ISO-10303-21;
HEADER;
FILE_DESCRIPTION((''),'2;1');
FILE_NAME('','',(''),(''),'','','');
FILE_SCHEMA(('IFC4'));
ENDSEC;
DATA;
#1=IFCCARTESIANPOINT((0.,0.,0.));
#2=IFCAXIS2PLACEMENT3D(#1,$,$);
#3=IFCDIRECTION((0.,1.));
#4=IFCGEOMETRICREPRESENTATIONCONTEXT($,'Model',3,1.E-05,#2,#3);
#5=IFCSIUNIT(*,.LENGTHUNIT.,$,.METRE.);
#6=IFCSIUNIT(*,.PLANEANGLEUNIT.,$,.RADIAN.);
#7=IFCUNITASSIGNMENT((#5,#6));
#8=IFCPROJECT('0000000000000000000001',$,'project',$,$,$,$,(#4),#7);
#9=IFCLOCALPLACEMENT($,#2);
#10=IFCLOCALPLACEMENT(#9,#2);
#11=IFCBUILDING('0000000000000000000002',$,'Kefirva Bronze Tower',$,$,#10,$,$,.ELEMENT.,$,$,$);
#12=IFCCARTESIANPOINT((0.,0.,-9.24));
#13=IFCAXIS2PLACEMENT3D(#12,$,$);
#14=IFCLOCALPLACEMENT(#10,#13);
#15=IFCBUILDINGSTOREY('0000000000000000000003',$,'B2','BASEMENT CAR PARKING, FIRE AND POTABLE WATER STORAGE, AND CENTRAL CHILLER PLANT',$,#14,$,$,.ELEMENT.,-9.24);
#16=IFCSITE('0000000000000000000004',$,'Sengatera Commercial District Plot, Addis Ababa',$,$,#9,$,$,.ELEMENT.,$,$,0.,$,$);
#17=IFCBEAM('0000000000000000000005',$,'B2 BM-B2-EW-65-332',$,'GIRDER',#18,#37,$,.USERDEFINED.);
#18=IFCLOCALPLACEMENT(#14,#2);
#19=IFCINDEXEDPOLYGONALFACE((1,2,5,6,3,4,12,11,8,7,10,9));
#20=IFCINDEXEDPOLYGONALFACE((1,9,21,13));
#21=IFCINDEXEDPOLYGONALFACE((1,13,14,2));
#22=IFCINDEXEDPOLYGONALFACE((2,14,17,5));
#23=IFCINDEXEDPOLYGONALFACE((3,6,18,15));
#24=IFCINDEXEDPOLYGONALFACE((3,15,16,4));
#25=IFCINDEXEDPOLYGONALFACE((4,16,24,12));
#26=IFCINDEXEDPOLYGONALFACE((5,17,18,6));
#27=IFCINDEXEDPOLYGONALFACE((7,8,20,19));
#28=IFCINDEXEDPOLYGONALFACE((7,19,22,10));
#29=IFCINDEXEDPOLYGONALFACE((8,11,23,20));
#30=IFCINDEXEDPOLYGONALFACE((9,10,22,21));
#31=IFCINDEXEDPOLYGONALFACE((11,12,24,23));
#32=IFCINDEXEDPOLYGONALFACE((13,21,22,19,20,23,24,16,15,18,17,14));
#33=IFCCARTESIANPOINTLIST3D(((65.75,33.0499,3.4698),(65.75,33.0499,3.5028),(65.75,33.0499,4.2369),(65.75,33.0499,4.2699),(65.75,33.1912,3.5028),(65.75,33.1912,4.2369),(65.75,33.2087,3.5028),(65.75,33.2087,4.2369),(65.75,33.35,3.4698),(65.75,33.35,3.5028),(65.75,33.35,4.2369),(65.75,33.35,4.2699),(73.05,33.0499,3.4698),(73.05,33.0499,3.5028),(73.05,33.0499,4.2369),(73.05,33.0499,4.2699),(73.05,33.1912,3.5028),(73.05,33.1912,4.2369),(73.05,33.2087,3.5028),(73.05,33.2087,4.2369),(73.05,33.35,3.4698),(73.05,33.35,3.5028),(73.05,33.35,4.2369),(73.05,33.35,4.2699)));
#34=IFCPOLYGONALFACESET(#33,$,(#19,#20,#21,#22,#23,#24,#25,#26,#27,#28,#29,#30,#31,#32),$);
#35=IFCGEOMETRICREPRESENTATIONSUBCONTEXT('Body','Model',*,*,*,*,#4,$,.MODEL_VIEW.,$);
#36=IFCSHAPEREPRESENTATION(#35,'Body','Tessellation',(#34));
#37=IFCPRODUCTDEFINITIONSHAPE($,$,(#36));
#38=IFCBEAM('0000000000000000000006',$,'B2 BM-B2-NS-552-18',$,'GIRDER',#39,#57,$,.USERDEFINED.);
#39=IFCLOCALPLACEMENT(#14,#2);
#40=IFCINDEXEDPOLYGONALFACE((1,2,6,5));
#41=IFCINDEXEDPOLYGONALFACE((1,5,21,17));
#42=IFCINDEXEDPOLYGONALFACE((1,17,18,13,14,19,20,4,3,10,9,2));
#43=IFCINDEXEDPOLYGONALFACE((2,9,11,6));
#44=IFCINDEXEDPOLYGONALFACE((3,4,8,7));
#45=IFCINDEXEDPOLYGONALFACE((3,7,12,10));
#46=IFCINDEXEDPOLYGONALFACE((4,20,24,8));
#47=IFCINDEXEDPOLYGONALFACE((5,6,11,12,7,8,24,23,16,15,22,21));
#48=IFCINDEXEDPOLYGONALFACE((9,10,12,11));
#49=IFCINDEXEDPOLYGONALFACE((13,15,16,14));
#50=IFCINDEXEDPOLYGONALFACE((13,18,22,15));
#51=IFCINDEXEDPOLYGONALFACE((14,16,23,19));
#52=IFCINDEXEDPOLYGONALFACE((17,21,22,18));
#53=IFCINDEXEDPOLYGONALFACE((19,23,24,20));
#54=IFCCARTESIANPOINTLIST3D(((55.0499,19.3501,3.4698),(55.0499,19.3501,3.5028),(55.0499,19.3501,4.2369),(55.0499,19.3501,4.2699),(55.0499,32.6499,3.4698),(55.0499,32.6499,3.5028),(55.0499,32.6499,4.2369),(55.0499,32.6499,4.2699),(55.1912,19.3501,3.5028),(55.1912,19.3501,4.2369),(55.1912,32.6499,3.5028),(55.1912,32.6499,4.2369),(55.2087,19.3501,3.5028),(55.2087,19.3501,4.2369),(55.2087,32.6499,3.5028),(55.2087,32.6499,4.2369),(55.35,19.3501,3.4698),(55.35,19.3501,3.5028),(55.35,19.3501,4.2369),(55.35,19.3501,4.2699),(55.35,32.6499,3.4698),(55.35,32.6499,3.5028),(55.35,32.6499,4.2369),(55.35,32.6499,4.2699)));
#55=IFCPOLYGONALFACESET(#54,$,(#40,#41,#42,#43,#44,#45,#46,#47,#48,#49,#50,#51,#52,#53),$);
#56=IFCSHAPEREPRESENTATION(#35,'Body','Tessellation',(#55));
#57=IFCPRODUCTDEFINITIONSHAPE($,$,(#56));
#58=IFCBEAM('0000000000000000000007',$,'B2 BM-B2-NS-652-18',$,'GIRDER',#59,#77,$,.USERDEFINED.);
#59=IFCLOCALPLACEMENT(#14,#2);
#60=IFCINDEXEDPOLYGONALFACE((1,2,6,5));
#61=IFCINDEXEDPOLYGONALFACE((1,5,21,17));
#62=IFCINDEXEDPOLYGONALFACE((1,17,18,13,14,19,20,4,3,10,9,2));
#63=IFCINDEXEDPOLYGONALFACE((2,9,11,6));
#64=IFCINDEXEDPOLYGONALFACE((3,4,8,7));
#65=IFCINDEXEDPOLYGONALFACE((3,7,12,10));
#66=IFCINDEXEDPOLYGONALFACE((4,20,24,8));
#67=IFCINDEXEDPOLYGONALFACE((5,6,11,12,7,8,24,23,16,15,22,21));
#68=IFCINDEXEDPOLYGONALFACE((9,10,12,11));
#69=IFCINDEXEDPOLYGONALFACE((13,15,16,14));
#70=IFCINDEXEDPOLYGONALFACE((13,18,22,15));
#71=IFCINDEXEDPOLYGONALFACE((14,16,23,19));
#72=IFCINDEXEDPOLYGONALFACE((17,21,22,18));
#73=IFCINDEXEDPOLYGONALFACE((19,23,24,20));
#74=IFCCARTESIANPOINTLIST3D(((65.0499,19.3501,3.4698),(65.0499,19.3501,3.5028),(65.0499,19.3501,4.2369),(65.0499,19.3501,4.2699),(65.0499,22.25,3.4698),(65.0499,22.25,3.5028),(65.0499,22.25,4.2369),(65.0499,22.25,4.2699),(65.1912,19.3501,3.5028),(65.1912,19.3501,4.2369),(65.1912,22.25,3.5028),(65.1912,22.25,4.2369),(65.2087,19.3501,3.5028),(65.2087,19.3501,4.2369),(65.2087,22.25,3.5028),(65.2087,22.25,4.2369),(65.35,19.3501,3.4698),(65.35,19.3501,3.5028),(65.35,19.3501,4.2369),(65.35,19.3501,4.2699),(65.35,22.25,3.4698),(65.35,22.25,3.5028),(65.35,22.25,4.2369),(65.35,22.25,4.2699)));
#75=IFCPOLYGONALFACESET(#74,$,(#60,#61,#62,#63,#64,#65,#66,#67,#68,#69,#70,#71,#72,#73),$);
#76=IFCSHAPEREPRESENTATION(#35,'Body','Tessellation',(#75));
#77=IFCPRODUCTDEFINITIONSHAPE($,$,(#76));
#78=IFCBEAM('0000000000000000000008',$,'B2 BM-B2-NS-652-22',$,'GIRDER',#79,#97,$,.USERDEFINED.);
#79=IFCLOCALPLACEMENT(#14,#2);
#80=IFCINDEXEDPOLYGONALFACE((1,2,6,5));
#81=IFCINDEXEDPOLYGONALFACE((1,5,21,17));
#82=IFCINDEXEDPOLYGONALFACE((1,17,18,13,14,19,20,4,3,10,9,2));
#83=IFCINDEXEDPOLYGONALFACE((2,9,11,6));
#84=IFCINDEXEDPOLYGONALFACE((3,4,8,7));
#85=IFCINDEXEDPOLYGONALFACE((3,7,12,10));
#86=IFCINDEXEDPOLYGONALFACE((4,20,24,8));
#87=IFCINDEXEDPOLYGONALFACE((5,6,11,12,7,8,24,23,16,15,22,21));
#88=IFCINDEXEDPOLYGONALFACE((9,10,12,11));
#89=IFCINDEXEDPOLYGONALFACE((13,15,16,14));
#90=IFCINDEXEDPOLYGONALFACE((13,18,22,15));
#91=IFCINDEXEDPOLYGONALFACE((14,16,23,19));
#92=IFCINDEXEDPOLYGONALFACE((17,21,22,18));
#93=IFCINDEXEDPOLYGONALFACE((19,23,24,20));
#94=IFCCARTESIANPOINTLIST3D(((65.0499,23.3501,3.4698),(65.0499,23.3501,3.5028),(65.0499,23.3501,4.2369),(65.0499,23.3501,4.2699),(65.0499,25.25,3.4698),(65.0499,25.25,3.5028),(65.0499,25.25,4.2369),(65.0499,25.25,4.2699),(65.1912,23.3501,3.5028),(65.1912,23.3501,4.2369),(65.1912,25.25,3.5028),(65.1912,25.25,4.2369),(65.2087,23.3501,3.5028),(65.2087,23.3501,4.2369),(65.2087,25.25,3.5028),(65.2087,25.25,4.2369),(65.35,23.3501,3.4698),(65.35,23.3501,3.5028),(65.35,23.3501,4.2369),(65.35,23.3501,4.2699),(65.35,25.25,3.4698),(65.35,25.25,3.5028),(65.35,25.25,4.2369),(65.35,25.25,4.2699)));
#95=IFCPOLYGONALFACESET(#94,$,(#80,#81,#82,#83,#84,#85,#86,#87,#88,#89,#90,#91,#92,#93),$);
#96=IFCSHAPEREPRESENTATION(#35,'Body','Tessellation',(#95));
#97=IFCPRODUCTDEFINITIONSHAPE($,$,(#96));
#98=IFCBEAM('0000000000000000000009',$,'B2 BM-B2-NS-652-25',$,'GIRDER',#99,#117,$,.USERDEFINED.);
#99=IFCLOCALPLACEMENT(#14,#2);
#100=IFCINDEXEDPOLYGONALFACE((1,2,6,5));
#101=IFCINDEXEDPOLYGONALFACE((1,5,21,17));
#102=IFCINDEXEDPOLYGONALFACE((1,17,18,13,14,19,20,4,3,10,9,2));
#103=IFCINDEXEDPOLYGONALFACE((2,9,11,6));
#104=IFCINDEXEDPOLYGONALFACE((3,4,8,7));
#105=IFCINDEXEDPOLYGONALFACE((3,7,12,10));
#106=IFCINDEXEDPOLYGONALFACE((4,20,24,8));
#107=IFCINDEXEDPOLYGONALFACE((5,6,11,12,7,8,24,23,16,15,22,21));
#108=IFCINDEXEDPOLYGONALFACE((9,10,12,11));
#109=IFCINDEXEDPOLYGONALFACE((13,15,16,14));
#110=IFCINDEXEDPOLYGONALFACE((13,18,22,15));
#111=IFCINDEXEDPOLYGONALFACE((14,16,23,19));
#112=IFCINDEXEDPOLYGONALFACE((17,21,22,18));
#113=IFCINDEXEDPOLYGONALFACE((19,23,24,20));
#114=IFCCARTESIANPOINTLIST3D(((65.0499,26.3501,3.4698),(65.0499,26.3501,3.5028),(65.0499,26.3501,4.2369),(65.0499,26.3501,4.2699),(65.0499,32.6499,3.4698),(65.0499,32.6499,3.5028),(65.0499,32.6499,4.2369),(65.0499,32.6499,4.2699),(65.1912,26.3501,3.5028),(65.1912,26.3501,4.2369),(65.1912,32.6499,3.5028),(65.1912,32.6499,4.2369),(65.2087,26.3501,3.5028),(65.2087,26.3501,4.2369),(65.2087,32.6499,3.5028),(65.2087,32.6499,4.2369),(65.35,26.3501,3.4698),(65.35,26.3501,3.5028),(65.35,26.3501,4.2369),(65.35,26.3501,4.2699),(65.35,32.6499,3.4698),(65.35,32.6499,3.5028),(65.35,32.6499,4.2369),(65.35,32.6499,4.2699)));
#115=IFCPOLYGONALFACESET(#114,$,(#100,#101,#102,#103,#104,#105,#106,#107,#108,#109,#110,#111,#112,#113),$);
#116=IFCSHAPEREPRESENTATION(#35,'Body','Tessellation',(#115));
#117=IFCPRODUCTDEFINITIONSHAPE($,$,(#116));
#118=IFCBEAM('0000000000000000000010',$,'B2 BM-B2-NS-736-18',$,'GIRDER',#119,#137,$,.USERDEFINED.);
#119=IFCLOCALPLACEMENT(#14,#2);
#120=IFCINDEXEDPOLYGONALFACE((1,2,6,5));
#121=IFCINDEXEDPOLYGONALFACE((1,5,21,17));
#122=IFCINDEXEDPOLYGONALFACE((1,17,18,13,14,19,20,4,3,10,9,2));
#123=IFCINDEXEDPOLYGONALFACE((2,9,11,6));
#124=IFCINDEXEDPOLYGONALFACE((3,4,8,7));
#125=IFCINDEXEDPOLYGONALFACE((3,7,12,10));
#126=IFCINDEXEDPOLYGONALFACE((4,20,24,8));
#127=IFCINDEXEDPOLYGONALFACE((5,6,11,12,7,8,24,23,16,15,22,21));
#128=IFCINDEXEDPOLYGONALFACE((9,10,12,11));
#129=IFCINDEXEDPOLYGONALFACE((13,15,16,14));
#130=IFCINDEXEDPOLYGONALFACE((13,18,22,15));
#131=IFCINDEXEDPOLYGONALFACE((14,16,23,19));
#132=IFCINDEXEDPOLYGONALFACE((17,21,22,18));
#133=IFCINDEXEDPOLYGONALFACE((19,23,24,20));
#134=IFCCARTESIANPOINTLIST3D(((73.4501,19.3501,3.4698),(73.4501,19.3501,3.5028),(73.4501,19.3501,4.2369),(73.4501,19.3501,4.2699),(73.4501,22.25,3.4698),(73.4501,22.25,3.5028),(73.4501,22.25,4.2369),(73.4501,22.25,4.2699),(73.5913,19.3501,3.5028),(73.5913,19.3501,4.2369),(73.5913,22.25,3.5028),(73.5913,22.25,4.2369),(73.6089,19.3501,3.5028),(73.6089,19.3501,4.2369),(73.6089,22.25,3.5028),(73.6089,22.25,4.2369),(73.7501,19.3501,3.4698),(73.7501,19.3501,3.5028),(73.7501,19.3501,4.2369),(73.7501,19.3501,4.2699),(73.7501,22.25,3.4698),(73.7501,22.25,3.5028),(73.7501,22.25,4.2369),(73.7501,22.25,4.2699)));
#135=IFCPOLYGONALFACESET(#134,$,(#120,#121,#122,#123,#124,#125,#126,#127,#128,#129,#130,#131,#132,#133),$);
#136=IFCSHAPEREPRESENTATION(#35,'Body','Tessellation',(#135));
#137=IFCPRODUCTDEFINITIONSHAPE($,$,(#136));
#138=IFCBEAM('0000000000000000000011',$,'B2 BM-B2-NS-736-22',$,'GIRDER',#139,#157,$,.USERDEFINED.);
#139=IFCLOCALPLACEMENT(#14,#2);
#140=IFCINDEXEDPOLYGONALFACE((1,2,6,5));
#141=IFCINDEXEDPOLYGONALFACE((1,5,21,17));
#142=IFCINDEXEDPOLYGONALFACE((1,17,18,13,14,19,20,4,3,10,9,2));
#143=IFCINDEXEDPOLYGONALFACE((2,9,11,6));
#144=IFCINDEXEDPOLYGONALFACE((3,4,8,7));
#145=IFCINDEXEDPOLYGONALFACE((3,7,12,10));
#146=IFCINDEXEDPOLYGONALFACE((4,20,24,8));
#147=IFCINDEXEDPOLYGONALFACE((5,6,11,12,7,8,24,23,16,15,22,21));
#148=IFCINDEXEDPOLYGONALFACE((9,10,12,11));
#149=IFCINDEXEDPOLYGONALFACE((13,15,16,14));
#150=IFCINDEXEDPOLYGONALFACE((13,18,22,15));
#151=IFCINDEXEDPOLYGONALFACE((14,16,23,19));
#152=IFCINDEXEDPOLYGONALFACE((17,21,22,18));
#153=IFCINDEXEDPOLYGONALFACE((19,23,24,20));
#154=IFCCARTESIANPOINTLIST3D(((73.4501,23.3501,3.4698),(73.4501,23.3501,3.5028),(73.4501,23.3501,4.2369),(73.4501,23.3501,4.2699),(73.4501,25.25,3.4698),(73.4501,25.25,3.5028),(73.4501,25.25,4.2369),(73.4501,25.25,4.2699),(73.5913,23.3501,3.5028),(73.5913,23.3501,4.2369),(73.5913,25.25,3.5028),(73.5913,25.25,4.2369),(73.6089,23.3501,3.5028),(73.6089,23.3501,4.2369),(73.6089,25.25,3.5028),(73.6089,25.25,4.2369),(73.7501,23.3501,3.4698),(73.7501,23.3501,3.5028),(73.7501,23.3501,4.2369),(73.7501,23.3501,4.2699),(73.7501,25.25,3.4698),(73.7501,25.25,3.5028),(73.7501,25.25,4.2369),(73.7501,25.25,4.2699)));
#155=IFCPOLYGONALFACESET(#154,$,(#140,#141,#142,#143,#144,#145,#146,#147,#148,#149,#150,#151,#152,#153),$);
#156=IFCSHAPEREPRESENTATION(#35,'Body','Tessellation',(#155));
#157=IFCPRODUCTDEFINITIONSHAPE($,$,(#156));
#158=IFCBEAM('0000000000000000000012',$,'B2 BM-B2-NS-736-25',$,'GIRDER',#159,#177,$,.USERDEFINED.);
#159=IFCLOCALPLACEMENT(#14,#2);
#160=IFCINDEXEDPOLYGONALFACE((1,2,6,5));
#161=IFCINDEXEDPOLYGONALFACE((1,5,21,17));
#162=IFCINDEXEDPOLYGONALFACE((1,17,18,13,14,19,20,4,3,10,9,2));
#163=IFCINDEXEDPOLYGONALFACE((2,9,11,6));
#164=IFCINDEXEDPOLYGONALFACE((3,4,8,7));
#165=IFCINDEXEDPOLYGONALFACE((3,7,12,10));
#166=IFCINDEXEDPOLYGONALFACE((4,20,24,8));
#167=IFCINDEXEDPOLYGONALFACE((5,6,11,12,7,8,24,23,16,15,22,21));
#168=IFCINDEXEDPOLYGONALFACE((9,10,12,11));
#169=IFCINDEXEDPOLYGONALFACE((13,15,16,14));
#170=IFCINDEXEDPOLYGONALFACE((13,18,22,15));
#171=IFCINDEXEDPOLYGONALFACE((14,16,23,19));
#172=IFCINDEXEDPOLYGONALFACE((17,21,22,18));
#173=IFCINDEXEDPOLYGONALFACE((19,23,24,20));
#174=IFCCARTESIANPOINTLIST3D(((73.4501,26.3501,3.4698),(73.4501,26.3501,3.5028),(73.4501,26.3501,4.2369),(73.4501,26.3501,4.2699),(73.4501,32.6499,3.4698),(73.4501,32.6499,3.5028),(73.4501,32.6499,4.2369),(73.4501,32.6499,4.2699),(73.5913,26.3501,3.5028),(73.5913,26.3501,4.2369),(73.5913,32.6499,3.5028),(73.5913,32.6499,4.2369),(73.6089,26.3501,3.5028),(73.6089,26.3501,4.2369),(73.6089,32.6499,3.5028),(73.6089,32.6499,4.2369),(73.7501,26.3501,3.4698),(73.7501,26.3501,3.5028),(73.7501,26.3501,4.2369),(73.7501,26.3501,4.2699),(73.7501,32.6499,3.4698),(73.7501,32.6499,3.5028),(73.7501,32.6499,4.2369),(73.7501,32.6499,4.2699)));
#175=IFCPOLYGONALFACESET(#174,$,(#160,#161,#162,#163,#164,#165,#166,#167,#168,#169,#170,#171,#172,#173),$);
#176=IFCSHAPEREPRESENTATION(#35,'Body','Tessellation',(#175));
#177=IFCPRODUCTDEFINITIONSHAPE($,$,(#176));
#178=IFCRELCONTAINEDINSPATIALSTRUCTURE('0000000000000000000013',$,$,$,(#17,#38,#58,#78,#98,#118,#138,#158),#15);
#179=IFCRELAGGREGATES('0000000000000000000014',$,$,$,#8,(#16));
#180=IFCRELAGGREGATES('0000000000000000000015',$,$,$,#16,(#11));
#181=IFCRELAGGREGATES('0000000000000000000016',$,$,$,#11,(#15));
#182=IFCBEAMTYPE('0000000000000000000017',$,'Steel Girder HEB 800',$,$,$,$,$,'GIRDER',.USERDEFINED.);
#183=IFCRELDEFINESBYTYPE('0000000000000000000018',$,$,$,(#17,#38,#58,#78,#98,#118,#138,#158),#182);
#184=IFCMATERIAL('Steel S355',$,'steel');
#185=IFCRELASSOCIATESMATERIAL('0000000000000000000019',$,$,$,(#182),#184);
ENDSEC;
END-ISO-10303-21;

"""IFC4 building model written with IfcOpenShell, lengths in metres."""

from ifc_helpers import new_model, si_unit, direction, frame, origin, origin_2d, place, context, subcontext, project, spatial, i_section, extrude, material, material_profile, profile_set, type_object, element, save


model = new_model("IFC4")

# Units and contexts
model_context = context("Model", 3, precision=1e-05, world=origin(), true_north=direction((0.0, 1.0)))
body_context = subcontext(model_context, "Body", "Model", "MODEL_VIEW")
ifc_project = project(units=[si_unit("LENGTHUNIT", "METRE"), si_unit("PLANEANGLEUNIT", "RADIAN")], contexts=[model_context])

# Site, building, storey
site_placement = place(None, origin())
site = spatial("IfcSite", under=ifc_project, at=site_placement, Name="Sengatera Commercial District Plot, Addis Ababa", CompositionType="ELEMENT", RefElevation=0.0)
building_placement = place(site_placement, origin())
building = spatial("IfcBuilding", under=site, at=building_placement, Name="Kefirva Bronze Tower", CompositionType="ELEMENT")
storey_placement = place(building_placement, frame((0.0, 0.0, -9.24)))
storey = spatial("IfcBuildingStorey", under=building, at=storey_placement, Name="B2", Description="BASEMENT CAR PARKING, FIRE AND POTABLE WATER STORAGE, AND CENTRAL CHILLER PLANT", CompositionType="ELEMENT", Elevation=-9.24)

# Beams
ifc_material_1 = material(Name="Steel S355", Category="steel")
ifc_material_profile_1 = material_profile(ifc_material_1, i_section(OverallWidth=0.3, OverallDepth=0.8, WebThickness=0.0176, FlangeThickness=0.033, at=origin_2d()), Name="HEB 800")
ifc_profile_set_1 = profile_set([ifc_material_profile_1], Name="Steel S355")
beam_type_1 = type_object("IfcBeamType", Name="Steel Girder HEB 800", ElementType="GIRDER", PredefinedType="USERDEFINED", material=ifc_profile_set_1)
beam_1_placement = place(storey_placement, frame((65.75, 33.2, 3.8699), z_axis=(1.0, 0.0, 0.0), x_axis=(0.0, 1.0, 0.0)))
element("IfcBeam", 1, at=beam_1_placement, inside=storey, type_object=beam_type_1, Name="B2 BM-B2-EW-65-332", ObjectType="GIRDER", PredefinedType="USERDEFINED", context=body_context, shape_type="SweptSolid", body=[
    extrude(i_section(OverallWidth=0.3, OverallDepth=0.8, WebThickness=0.0176, FlangeThickness=0.033, at=origin_2d()), origin(), (0.0, 0.0, 1.0), 7.3),
])
beam_2_placement = place(storey_placement, frame((55.2, 19.3501, 3.8699), z_axis=(0.0, 1.0, 0.0), x_axis=(-1.0, 0.0, 0.0)))
element("IfcBeam", 2, at=beam_2_placement, inside=storey, type_object=beam_type_1, Name="B2 BM-B2-NS-552-18", ObjectType="GIRDER", PredefinedType="USERDEFINED", context=body_context, shape_type="SweptSolid", body=[
    extrude(i_section(OverallWidth=0.3, OverallDepth=0.8, WebThickness=0.0176, FlangeThickness=0.033, at=origin_2d()), origin(), (0.0, 0.0, 1.0), 13.2998),
])
beam_3_placement = place(storey_placement, frame((65.2, 19.3501, 3.8699), z_axis=(0.0, 1.0, 0.0), x_axis=(-1.0, 0.0, 0.0)))
element("IfcBeam", 3, at=beam_3_placement, inside=storey, type_object=beam_type_1, Name="B2 BM-B2-NS-652-18", ObjectType="GIRDER", PredefinedType="USERDEFINED", context=body_context, shape_type="SweptSolid", body=[
    extrude(i_section(OverallWidth=0.3, OverallDepth=0.8, WebThickness=0.0176, FlangeThickness=0.033, at=origin_2d()), origin(), (0.0, 0.0, 1.0), 2.8999),
])
beam_4_placement = place(storey_placement, frame((65.2, 23.3501, 3.8699), z_axis=(0.0, 1.0, 0.0), x_axis=(-1.0, 0.0, 0.0)))
element("IfcBeam", 4, at=beam_4_placement, inside=storey, type_object=beam_type_1, Name="B2 BM-B2-NS-652-22", ObjectType="GIRDER", PredefinedType="USERDEFINED", context=body_context, shape_type="SweptSolid", body=[
    extrude(i_section(OverallWidth=0.3, OverallDepth=0.8, WebThickness=0.0176, FlangeThickness=0.033, at=origin_2d()), origin(), (0.0, 0.0, 1.0), 1.8999),
])
beam_5_placement = place(storey_placement, frame((65.2, 26.3501, 3.8699), z_axis=(0.0, 1.0, 0.0), x_axis=(-1.0, 0.0, 0.0)))
element("IfcBeam", 5, at=beam_5_placement, inside=storey, type_object=beam_type_1, Name="B2 BM-B2-NS-652-25", ObjectType="GIRDER", PredefinedType="USERDEFINED", context=body_context, shape_type="SweptSolid", body=[
    extrude(i_section(OverallWidth=0.3, OverallDepth=0.8, WebThickness=0.0176, FlangeThickness=0.033, at=origin_2d()), origin(), (0.0, 0.0, 1.0), 6.2998),
])
beam_6_placement = place(storey_placement, frame((73.6001, 19.3501, 3.8699), z_axis=(0.0, 1.0, 0.0), x_axis=(-1.0, 0.0, 0.0)))
element("IfcBeam", 6, at=beam_6_placement, inside=storey, type_object=beam_type_1, Name="B2 BM-B2-NS-736-18", ObjectType="GIRDER", PredefinedType="USERDEFINED", context=body_context, shape_type="SweptSolid", body=[
    extrude(i_section(OverallWidth=0.3, OverallDepth=0.8, WebThickness=0.0176, FlangeThickness=0.033, at=origin_2d()), origin(), (0.0, 0.0, 1.0), 2.8999),
])
beam_7_placement = place(storey_placement, frame((73.6001, 23.3501, 3.8699), z_axis=(0.0, 1.0, 0.0), x_axis=(-1.0, 0.0, 0.0)))
element("IfcBeam", 7, at=beam_7_placement, inside=storey, type_object=beam_type_1, Name="B2 BM-B2-NS-736-22", ObjectType="GIRDER", PredefinedType="USERDEFINED", context=body_context, shape_type="SweptSolid", body=[
    extrude(i_section(OverallWidth=0.3, OverallDepth=0.8, WebThickness=0.0176, FlangeThickness=0.033, at=origin_2d()), origin(), (0.0, 0.0, 1.0), 1.8999),
])
beam_8_placement = place(storey_placement, frame((73.6001, 26.3501, 3.8699), z_axis=(0.0, 1.0, 0.0), x_axis=(-1.0, 0.0, 0.0)))
element("IfcBeam", 8, at=beam_8_placement, inside=storey, type_object=beam_type_1, Name="B2 BM-B2-NS-736-25", ObjectType="GIRDER", PredefinedType="USERDEFINED", context=body_context, shape_type="SweptSolid", body=[
    extrude(i_section(OverallWidth=0.3, OverallDepth=0.8, WebThickness=0.0176, FlangeThickness=0.033, at=origin_2d()), origin(), (0.0, 0.0, 1.0), 6.2998),
])

save(model, "model.ifc")
